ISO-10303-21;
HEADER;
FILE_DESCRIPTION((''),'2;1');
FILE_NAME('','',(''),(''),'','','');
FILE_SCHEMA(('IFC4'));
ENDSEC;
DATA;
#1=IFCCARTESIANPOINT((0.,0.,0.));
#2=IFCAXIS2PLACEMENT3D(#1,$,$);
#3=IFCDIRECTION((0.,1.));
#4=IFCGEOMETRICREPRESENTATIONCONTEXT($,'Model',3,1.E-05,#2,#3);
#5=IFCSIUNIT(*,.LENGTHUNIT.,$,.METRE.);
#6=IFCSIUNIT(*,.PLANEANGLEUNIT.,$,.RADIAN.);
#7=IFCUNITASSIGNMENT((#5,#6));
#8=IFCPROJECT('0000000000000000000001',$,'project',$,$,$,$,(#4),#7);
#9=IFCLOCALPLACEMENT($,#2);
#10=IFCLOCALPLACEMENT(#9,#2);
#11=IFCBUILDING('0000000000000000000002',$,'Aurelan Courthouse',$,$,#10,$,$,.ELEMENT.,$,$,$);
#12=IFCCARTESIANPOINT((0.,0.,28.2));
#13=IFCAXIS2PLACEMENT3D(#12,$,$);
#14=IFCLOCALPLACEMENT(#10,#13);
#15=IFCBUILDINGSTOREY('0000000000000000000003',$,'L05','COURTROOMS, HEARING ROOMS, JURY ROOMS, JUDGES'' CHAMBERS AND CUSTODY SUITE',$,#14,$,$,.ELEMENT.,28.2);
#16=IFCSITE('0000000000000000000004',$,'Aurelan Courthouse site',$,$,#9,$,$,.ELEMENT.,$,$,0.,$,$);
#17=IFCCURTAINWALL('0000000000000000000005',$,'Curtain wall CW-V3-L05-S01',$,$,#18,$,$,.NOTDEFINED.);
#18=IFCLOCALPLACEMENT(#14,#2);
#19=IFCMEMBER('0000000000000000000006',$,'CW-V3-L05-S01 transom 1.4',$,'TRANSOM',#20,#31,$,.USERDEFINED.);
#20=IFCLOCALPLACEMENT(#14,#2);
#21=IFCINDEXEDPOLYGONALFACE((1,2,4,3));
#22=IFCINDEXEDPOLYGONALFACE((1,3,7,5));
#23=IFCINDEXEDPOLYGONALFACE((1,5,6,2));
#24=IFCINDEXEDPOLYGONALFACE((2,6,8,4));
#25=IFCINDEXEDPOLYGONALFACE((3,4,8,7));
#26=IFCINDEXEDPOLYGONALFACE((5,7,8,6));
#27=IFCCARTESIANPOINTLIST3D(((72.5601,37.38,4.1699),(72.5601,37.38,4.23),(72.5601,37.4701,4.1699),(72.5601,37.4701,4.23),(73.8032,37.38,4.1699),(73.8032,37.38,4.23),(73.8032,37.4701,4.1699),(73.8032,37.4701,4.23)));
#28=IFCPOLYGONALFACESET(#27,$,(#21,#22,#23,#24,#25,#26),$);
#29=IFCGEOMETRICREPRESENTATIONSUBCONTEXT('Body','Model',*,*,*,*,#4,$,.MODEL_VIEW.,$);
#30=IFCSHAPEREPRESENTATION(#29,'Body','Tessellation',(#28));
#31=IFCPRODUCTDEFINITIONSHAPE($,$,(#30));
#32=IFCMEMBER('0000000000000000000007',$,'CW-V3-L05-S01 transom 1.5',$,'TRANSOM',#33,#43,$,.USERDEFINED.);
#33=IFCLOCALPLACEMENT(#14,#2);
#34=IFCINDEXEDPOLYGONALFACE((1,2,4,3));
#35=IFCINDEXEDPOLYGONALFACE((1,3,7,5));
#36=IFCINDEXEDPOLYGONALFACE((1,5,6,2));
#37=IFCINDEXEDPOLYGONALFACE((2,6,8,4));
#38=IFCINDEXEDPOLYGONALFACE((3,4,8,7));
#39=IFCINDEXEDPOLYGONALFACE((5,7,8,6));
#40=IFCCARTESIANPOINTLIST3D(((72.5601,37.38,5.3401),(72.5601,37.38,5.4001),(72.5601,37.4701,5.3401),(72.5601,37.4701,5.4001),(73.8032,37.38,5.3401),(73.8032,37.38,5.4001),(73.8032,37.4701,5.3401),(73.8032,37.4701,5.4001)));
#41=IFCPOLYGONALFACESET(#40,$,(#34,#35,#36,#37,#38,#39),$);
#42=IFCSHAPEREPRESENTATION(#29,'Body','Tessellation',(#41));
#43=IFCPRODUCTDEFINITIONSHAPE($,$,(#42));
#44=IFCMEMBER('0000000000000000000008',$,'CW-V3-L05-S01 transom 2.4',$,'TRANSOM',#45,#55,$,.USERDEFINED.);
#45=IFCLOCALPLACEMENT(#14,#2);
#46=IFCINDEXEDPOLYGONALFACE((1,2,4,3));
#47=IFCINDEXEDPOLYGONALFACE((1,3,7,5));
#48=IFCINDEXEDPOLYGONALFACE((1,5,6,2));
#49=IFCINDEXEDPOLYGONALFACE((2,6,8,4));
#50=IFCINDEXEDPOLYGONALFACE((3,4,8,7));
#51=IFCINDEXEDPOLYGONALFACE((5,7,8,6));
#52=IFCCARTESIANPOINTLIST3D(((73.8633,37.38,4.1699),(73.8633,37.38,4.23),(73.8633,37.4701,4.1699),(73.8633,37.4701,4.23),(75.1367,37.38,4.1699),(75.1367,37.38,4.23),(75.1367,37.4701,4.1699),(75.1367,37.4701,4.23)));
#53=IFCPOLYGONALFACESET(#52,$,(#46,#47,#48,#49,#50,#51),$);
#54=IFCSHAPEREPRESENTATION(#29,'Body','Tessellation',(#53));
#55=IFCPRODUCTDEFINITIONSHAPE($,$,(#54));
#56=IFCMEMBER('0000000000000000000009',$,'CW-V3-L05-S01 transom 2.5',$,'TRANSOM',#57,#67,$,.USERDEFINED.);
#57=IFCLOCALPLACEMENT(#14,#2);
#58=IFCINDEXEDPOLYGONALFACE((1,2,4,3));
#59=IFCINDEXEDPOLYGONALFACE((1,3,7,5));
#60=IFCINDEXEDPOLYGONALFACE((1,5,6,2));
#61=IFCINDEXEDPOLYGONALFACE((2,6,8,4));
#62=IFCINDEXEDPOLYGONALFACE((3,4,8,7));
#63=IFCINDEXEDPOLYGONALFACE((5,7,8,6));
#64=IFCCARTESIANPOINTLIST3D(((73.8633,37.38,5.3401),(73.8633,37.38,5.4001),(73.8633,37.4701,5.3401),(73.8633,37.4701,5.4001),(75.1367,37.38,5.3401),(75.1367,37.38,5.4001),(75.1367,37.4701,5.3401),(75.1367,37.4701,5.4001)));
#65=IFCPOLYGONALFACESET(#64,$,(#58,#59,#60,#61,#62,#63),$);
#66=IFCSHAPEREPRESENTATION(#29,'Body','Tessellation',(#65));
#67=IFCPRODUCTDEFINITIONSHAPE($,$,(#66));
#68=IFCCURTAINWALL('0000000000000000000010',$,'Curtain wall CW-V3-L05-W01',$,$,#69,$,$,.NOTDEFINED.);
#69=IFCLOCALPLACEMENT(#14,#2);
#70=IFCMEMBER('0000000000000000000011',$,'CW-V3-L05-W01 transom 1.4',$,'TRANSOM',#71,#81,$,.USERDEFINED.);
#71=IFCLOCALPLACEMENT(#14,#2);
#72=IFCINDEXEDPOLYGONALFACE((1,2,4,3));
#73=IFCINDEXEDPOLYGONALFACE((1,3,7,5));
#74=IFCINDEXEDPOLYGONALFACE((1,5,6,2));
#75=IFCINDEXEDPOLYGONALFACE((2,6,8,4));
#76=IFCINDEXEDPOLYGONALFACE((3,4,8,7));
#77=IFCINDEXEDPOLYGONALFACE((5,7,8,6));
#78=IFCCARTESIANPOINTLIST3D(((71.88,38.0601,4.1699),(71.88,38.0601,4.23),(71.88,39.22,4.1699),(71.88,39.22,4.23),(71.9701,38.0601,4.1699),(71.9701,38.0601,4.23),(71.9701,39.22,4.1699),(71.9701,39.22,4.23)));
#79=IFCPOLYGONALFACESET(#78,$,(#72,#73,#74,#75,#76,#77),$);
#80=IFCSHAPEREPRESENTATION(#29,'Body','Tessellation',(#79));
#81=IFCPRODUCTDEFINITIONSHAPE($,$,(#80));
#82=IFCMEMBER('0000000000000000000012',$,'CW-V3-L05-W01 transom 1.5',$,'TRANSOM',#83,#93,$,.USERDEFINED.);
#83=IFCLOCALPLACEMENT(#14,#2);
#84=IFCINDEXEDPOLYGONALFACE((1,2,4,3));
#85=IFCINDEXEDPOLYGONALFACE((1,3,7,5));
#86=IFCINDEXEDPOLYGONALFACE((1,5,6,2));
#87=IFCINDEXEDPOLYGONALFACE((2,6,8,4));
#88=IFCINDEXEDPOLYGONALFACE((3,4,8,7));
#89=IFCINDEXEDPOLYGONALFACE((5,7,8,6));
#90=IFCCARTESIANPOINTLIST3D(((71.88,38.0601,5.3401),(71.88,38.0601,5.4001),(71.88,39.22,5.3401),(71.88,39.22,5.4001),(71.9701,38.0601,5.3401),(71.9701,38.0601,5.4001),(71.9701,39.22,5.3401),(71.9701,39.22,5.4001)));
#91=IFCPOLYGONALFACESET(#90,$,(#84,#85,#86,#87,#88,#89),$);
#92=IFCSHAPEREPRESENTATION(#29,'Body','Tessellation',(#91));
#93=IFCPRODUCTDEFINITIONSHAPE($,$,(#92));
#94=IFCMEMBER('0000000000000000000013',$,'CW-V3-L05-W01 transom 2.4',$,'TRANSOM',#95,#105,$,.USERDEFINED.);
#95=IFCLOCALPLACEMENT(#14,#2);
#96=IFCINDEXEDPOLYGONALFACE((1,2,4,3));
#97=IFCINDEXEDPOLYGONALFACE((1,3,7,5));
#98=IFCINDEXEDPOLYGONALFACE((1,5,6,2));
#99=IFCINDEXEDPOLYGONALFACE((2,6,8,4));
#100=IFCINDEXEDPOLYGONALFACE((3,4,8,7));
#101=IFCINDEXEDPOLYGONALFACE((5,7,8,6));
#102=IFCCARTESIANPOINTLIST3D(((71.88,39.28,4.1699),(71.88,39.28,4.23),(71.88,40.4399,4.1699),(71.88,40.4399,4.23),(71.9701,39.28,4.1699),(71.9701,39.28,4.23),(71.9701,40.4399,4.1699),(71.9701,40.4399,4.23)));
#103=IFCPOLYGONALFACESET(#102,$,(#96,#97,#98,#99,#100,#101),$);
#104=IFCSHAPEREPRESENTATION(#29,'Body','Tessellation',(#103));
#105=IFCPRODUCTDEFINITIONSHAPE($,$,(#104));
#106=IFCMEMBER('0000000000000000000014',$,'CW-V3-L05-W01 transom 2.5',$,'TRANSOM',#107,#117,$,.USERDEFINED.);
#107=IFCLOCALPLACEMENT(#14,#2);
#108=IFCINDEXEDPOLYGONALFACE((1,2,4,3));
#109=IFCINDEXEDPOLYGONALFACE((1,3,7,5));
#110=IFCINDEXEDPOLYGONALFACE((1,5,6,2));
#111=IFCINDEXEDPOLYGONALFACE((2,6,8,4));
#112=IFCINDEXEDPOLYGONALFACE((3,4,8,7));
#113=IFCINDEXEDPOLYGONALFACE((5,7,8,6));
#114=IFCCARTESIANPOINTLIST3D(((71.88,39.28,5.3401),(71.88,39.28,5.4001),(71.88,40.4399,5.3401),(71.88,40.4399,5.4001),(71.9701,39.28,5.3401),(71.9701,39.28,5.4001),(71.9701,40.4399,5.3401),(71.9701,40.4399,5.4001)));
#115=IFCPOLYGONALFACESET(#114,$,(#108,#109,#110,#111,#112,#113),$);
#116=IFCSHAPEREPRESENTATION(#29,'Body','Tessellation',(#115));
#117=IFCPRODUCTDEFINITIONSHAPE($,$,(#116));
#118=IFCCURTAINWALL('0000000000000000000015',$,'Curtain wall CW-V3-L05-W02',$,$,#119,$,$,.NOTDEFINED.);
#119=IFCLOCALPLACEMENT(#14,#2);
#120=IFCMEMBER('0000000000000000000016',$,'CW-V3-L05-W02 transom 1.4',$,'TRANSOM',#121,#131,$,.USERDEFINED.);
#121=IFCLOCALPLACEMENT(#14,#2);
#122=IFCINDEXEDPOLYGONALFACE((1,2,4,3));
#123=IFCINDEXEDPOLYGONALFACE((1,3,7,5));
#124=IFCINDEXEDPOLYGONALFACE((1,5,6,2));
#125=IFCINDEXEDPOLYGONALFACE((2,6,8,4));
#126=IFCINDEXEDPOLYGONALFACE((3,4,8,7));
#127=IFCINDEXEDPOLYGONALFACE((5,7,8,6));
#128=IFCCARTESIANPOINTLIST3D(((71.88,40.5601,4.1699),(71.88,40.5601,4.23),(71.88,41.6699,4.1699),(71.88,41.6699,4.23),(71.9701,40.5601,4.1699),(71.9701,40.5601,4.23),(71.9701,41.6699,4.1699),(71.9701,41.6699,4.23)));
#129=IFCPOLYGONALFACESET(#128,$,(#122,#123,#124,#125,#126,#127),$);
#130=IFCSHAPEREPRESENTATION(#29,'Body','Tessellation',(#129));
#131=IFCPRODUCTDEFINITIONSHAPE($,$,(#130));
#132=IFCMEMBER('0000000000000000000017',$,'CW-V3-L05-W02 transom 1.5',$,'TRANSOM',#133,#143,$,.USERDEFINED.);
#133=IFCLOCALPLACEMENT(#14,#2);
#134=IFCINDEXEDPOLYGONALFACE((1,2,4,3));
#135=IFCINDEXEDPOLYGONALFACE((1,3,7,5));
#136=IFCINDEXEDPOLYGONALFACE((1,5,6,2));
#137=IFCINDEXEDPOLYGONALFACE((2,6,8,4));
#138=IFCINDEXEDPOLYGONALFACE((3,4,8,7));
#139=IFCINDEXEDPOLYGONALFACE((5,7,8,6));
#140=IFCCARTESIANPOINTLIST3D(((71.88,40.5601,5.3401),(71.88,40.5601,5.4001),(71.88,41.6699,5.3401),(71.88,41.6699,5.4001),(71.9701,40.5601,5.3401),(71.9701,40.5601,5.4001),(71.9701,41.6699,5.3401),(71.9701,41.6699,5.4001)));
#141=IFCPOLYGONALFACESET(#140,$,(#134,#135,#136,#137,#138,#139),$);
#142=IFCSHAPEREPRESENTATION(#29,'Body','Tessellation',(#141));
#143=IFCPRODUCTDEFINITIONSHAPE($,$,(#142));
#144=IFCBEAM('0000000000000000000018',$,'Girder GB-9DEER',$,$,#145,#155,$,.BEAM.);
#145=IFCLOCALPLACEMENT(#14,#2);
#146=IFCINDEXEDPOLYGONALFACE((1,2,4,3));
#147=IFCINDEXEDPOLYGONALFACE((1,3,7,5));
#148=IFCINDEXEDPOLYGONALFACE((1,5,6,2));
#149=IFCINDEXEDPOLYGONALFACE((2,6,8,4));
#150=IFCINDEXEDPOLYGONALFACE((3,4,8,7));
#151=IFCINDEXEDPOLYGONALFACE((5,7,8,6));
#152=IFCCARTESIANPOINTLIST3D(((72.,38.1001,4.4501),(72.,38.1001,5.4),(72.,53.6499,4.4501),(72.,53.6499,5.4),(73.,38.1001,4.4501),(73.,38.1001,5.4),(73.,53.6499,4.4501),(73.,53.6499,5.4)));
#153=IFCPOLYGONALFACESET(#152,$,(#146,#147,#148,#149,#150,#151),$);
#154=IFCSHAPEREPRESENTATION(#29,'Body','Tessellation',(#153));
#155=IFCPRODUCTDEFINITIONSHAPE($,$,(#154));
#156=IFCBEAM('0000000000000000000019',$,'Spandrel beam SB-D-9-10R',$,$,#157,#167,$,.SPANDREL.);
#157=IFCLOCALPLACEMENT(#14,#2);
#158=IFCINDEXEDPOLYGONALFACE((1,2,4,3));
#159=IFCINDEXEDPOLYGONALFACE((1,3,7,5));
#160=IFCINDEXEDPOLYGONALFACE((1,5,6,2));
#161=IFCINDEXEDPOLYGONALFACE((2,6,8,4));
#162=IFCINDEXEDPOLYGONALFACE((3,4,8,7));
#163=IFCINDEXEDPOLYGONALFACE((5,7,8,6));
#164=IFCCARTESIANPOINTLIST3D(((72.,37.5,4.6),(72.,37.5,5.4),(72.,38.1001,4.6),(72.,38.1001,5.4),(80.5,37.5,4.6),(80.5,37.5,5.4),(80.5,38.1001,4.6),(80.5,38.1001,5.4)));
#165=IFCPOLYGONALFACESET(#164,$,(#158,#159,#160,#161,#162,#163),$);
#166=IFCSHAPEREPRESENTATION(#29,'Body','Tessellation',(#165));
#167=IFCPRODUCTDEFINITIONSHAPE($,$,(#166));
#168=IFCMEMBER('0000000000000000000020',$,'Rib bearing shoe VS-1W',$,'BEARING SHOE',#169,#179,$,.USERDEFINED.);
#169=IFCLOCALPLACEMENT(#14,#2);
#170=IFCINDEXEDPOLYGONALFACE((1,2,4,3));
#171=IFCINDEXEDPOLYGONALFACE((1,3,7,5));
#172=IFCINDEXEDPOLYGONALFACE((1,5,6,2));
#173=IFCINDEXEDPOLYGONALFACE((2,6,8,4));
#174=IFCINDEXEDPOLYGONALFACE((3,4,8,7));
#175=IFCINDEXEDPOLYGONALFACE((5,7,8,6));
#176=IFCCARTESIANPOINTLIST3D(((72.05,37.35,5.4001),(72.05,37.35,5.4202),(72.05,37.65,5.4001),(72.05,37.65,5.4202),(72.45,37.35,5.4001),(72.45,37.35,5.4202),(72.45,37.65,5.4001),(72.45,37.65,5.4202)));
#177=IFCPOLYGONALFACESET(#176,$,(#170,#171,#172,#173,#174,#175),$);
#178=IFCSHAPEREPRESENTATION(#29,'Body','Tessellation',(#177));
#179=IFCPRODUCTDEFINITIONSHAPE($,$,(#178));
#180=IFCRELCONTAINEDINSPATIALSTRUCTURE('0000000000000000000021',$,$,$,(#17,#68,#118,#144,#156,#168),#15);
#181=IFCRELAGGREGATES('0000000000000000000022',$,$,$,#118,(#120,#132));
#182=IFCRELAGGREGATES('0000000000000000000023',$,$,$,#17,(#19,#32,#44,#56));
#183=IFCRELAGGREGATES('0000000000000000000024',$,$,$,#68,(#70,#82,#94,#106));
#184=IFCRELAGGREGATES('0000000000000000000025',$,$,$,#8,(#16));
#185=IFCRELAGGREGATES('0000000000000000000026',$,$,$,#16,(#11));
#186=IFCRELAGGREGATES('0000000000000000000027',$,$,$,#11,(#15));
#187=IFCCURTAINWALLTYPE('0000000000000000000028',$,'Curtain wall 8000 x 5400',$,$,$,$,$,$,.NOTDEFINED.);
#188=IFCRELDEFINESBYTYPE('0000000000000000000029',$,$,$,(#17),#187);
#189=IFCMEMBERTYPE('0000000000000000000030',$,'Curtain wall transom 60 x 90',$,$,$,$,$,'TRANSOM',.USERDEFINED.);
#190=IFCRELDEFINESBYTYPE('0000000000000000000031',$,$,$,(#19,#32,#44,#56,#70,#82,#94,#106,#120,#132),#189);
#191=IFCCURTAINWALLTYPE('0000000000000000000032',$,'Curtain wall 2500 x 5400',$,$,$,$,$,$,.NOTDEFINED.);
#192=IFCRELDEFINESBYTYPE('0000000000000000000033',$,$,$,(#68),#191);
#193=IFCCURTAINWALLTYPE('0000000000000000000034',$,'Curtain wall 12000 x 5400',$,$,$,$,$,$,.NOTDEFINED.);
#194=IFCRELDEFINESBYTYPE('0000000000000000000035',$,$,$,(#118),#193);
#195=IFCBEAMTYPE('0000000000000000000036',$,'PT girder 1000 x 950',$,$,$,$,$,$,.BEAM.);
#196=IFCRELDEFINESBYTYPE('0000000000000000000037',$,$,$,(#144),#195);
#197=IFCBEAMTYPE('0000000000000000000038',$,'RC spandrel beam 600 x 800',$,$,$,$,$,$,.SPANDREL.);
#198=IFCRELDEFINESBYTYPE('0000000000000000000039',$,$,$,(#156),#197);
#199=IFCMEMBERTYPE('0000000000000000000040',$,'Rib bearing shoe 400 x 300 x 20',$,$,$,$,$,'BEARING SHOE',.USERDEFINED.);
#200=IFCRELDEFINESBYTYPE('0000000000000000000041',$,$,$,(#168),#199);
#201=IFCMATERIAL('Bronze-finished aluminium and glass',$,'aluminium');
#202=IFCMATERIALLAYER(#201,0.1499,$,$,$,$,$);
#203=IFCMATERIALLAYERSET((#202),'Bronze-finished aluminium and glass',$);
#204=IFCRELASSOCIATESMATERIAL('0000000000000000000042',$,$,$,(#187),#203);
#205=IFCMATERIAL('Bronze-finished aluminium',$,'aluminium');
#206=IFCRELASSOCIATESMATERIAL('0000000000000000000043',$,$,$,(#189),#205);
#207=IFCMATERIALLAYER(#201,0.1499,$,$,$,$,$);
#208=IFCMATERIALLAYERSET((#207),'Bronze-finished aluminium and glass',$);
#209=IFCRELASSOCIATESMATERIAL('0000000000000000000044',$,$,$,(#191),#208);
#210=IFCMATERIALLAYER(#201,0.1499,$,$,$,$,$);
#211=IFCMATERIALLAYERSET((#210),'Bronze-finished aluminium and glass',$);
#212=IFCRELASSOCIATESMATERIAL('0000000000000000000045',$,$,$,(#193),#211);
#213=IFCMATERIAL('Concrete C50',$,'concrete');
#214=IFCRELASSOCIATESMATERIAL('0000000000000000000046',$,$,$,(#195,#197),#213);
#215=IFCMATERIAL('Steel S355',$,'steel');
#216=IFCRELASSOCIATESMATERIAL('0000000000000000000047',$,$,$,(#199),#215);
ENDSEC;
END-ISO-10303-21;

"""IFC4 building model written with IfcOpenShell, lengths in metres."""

from ifc_helpers import new_model, si_unit, direction, frame, origin, origin_2d, place, context, subcontext, project, spatial, rectangle, extrude, material, layer, layer_set, material_profile, profile_set, type_object, element, aggregate, save


model = new_model("IFC4")

# Units and contexts
model_context = context("Model", 3, precision=1e-05, world=origin(), true_north=direction((0.0, 1.0)))
body_context = subcontext(model_context, "Body", "Model", "MODEL_VIEW")
ifc_project = project(units=[si_unit("LENGTHUNIT", "METRE"), si_unit("PLANEANGLEUNIT", "RADIAN")], contexts=[model_context])

# Site, building, storey
site_placement = place(None, origin())
site = spatial("IfcSite", under=ifc_project, at=site_placement, Name="Aurelan Courthouse site", CompositionType="ELEMENT", RefElevation=0.0)
building_placement = place(site_placement, origin())
building = spatial("IfcBuilding", under=site, at=building_placement, Name="Aurelan Courthouse", CompositionType="ELEMENT")
storey_placement = place(building_placement, frame((0.0, 0.0, 28.2)))
storey = spatial("IfcBuildingStorey", under=building, at=storey_placement, Name="L05", Description="COURTROOMS, HEARING ROOMS, JURY ROOMS, JUDGES' CHAMBERS AND CUSTODY SUITE", CompositionType="ELEMENT", Elevation=28.2)

# Curtain walls, members
ifc_material_1 = material(Name="Bronze-finished aluminium and glass", Category="aluminium")
ifc_layer_1 = layer(ifc_material_1, 0.1499)
ifc_layer_set_1 = layer_set([ifc_layer_1], Name="Bronze-finished aluminium and glass")
curtain_wall_type_1 = type_object("IfcCurtainWallType", Name="Curtain wall 8000 x 5400", PredefinedType="NOTDEFINED", material=ifc_layer_set_1)
curtain_wall_1_placement = place(storey_placement, origin())
curtain_wall_1 = element("IfcCurtainWall", 1, at=curtain_wall_1_placement, inside=storey, type_object=curtain_wall_type_1, Name="Curtain wall CW-V3-L05-S01", PredefinedType="NOTDEFINED")
ifc_material_2 = material(Name="Bronze-finished aluminium", Category="aluminium")
ifc_material_profile_1 = material_profile(ifc_material_2, rectangle(XDim=0.0901, YDim=0.0601, at=origin_2d()), Name="Bronze transom 60 x 90")
ifc_profile_set_1 = profile_set([ifc_material_profile_1], Name="Bronze-finished aluminium")
member_type_1 = type_object("IfcMemberType", Name="Curtain wall transom 60 x 90", ElementType="TRANSOM", PredefinedType="USERDEFINED", material=ifc_profile_set_1)
member_1_placement = place(storey_placement, frame((72.5601, 37.425, 4.2), z_axis=(1.0, 0.0, 0.0), x_axis=(0.0, 1.0, 0.0)))
member_1 = element("IfcMember", 2, at=member_1_placement, type_object=member_type_1, Name="CW-V3-L05-S01 transom 1.4", ObjectType="TRANSOM", PredefinedType="USERDEFINED", context=body_context, shape_type="SweptSolid", body=[
    extrude(rectangle(XDim=0.0901, YDim=0.0601, at=origin_2d()), origin(), (0.0, 0.0, 1.0), 1.2432),
])
member_2_placement = place(storey_placement, frame((72.5601, 37.425, 5.3701), z_axis=(1.0, 0.0, 0.0), x_axis=(0.0, 1.0, 0.0)))
member_2 = element("IfcMember", 3, at=member_2_placement, type_object=member_type_1, Name="CW-V3-L05-S01 transom 1.5", ObjectType="TRANSOM", PredefinedType="USERDEFINED", context=body_context, shape_type="SweptSolid", body=[
    extrude(rectangle(XDim=0.0901, YDim=0.0601, at=origin_2d()), origin(), (0.0, 0.0, 1.0), 1.2432),
])
member_3_placement = place(storey_placement, frame((73.8633, 37.425, 4.2), z_axis=(1.0, 0.0, 0.0), x_axis=(0.0, 1.0, 0.0)))
member_3 = element("IfcMember", 4, at=member_3_placement, type_object=member_type_1, Name="CW-V3-L05-S01 transom 2.4", ObjectType="TRANSOM", PredefinedType="USERDEFINED", context=body_context, shape_type="SweptSolid", body=[
    extrude(rectangle(XDim=0.0901, YDim=0.0601, at=origin_2d()), origin(), (0.0, 0.0, 1.0), 1.2734),
])
member_4_placement = place(storey_placement, frame((73.8633, 37.425, 5.3701), z_axis=(1.0, 0.0, 0.0), x_axis=(0.0, 1.0, 0.0)))
member_4 = element("IfcMember", 5, at=member_4_placement, type_object=member_type_1, Name="CW-V3-L05-S01 transom 2.5", ObjectType="TRANSOM", PredefinedType="USERDEFINED", context=body_context, shape_type="SweptSolid", body=[
    extrude(rectangle(XDim=0.0901, YDim=0.0601, at=origin_2d()), origin(), (0.0, 0.0, 1.0), 1.2734),
])
ifc_layer_2 = layer(ifc_material_1, 0.1499)
ifc_layer_set_2 = layer_set([ifc_layer_2], Name="Bronze-finished aluminium and glass")
curtain_wall_type_2 = type_object("IfcCurtainWallType", Name="Curtain wall 2500 x 5400", PredefinedType="NOTDEFINED", material=ifc_layer_set_2)
curtain_wall_2_placement = place(storey_placement, origin())
curtain_wall_2 = element("IfcCurtainWall", 6, at=curtain_wall_2_placement, inside=storey, type_object=curtain_wall_type_2, Name="Curtain wall CW-V3-L05-W01", PredefinedType="NOTDEFINED")
member_5_placement = place(storey_placement, frame((71.925, 38.0601, 4.2), z_axis=(0.0, 1.0, 0.0), x_axis=(-1.0, 0.0, 0.0)))
member_5 = element("IfcMember", 7, at=member_5_placement, type_object=member_type_1, Name="CW-V3-L05-W01 transom 1.4", ObjectType="TRANSOM", PredefinedType="USERDEFINED", context=body_context, shape_type="SweptSolid", body=[
    extrude(rectangle(XDim=0.0901, YDim=0.0601, at=origin_2d()), origin(), (0.0, 0.0, 1.0), 1.1599),
])
member_6_placement = place(storey_placement, frame((71.925, 38.0601, 5.3701), z_axis=(0.0, 1.0, 0.0), x_axis=(-1.0, 0.0, 0.0)))
member_6 = element("IfcMember", 8, at=member_6_placement, type_object=member_type_1, Name="CW-V3-L05-W01 transom 1.5", ObjectType="TRANSOM", PredefinedType="USERDEFINED", context=body_context, shape_type="SweptSolid", body=[
    extrude(rectangle(XDim=0.0901, YDim=0.0601, at=origin_2d()), origin(), (0.0, 0.0, 1.0), 1.1599),
])
member_7_placement = place(storey_placement, frame((71.925, 39.28, 4.2), z_axis=(0.0, 1.0, 0.0), x_axis=(-1.0, 0.0, 0.0)))
member_7 = element("IfcMember", 9, at=member_7_placement, type_object=member_type_1, Name="CW-V3-L05-W01 transom 2.4", ObjectType="TRANSOM", PredefinedType="USERDEFINED", context=body_context, shape_type="SweptSolid", body=[
    extrude(rectangle(XDim=0.0901, YDim=0.0601, at=origin_2d()), origin(), (0.0, 0.0, 1.0), 1.1599),
])
member_8_placement = place(storey_placement, frame((71.925, 39.28, 5.3701), z_axis=(0.0, 1.0, 0.0), x_axis=(-1.0, 0.0, 0.0)))
member_8 = element("IfcMember", 10, at=member_8_placement, type_object=member_type_1, Name="CW-V3-L05-W01 transom 2.5", ObjectType="TRANSOM", PredefinedType="USERDEFINED", context=body_context, shape_type="SweptSolid", body=[
    extrude(rectangle(XDim=0.0901, YDim=0.0601, at=origin_2d()), origin(), (0.0, 0.0, 1.0), 1.1599),
])
ifc_layer_3 = layer(ifc_material_1, 0.1499)
ifc_layer_set_3 = layer_set([ifc_layer_3], Name="Bronze-finished aluminium and glass")
curtain_wall_type_3 = type_object("IfcCurtainWallType", Name="Curtain wall 12000 x 5400", PredefinedType="NOTDEFINED", material=ifc_layer_set_3)
curtain_wall_3_placement = place(storey_placement, origin())
curtain_wall_3 = element("IfcCurtainWall", 11, at=curtain_wall_3_placement, inside=storey, type_object=curtain_wall_type_3, Name="Curtain wall CW-V3-L05-W02", PredefinedType="NOTDEFINED")
member_9_placement = place(storey_placement, frame((71.925, 40.5601, 4.2), z_axis=(0.0, 1.0, 0.0), x_axis=(-1.0, 0.0, 0.0)))
member_9 = element("IfcMember", 12, at=member_9_placement, type_object=member_type_1, Name="CW-V3-L05-W02 transom 1.4", ObjectType="TRANSOM", PredefinedType="USERDEFINED", context=body_context, shape_type="SweptSolid", body=[
    extrude(rectangle(XDim=0.0901, YDim=0.0601, at=origin_2d()), origin(), (0.0, 0.0, 1.0), 1.1099),
])
member_10_placement = place(storey_placement, frame((71.925, 40.5601, 5.3701), z_axis=(0.0, 1.0, 0.0), x_axis=(-1.0, 0.0, 0.0)))
member_10 = element("IfcMember", 13, at=member_10_placement, type_object=member_type_1, Name="CW-V3-L05-W02 transom 1.5", ObjectType="TRANSOM", PredefinedType="USERDEFINED", context=body_context, shape_type="SweptSolid", body=[
    extrude(rectangle(XDim=0.0901, YDim=0.0601, at=origin_2d()), origin(), (0.0, 0.0, 1.0), 1.1099),
])
aggregate(curtain_wall_3, [member_9, member_10])

# Beams
ifc_material_3 = material(Name="Concrete C50", Category="concrete")
ifc_material_profile_2 = material_profile(ifc_material_3, rectangle(XDim=1.0, YDim=0.95, at=origin_2d()), Name="RC 1000 x 950")
ifc_profile_set_2 = profile_set([ifc_material_profile_2], Name="Concrete C50")
beam_type_1 = type_object("IfcBeamType", Name="PT girder 1000 x 950", PredefinedType="BEAM", material=ifc_profile_set_2)
beam_1_placement = place(storey_placement, frame((72.5, 38.1001, 4.925), z_axis=(0.0, 1.0, 0.0), x_axis=(-1.0, 0.0, 0.0)))
element("IfcBeam", 14, at=beam_1_placement, inside=storey, type_object=beam_type_1, Name="Girder GB-9DEER", PredefinedType="BEAM", context=body_context, shape_type="SweptSolid", body=[
    extrude(rectangle(XDim=1.0, YDim=0.95, at=origin_2d()), origin(), (0.0, 0.0, 1.0), 15.5498),
])
ifc_material_profile_3 = material_profile(ifc_material_3, rectangle(XDim=0.6001, YDim=0.8, at=origin_2d()), Name="RC 600 x 800")
ifc_profile_set_3 = profile_set([ifc_material_profile_3], Name="Concrete C50")
beam_type_2 = type_object("IfcBeamType", Name="RC spandrel beam 600 x 800", PredefinedType="SPANDREL", material=ifc_profile_set_3)
beam_2_placement = place(storey_placement, frame((72.0, 37.8, 5.0), z_axis=(1.0, 0.0, 0.0), x_axis=(0.0, 1.0, 0.0)))
element("IfcBeam", 15, at=beam_2_placement, inside=storey, type_object=beam_type_2, Name="Spandrel beam SB-D-9-10R", PredefinedType="SPANDREL", context=body_context, shape_type="SweptSolid", body=[
    extrude(rectangle(XDim=0.6001, YDim=0.8, at=origin_2d()), origin(), (0.0, 0.0, 1.0), 8.5),
])

# Member
ifc_material_4 = material(Name="Steel S355", Category="steel")
ifc_material_profile_4 = material_profile(ifc_material_4, rectangle(XDim=0.3999, YDim=0.3, at=origin_2d()), Name="PL 400 x 300")
ifc_profile_set_4 = profile_set([ifc_material_profile_4], Name="Steel S355")
member_type_2 = type_object("IfcMemberType", Name="Rib bearing shoe 400 x 300 x 20", ElementType="BEARING SHOE", PredefinedType="USERDEFINED", material=ifc_profile_set_4)
member_11_placement = place(storey_placement, frame((72.25, 37.5, 5.4001), z_axis=(0.0, 0.0, 1.0), x_axis=(1.0, 0.0, 0.0)))
element("IfcMember", 16, at=member_11_placement, inside=storey, type_object=member_type_2, Name="Rib bearing shoe VS-1W", ObjectType="BEARING SHOE", PredefinedType="USERDEFINED", context=body_context, shape_type="SweptSolid", body=[
    extrude(rectangle(XDim=0.3999, YDim=0.3, at=origin_2d()), origin(), (0.0, 0.0, 1.0), 0.02),
])

aggregate(curtain_wall_1, [member_1, member_2, member_3, member_4])
aggregate(curtain_wall_2, [member_5, member_6, member_7, member_8])

save(model, "model.ifc")
